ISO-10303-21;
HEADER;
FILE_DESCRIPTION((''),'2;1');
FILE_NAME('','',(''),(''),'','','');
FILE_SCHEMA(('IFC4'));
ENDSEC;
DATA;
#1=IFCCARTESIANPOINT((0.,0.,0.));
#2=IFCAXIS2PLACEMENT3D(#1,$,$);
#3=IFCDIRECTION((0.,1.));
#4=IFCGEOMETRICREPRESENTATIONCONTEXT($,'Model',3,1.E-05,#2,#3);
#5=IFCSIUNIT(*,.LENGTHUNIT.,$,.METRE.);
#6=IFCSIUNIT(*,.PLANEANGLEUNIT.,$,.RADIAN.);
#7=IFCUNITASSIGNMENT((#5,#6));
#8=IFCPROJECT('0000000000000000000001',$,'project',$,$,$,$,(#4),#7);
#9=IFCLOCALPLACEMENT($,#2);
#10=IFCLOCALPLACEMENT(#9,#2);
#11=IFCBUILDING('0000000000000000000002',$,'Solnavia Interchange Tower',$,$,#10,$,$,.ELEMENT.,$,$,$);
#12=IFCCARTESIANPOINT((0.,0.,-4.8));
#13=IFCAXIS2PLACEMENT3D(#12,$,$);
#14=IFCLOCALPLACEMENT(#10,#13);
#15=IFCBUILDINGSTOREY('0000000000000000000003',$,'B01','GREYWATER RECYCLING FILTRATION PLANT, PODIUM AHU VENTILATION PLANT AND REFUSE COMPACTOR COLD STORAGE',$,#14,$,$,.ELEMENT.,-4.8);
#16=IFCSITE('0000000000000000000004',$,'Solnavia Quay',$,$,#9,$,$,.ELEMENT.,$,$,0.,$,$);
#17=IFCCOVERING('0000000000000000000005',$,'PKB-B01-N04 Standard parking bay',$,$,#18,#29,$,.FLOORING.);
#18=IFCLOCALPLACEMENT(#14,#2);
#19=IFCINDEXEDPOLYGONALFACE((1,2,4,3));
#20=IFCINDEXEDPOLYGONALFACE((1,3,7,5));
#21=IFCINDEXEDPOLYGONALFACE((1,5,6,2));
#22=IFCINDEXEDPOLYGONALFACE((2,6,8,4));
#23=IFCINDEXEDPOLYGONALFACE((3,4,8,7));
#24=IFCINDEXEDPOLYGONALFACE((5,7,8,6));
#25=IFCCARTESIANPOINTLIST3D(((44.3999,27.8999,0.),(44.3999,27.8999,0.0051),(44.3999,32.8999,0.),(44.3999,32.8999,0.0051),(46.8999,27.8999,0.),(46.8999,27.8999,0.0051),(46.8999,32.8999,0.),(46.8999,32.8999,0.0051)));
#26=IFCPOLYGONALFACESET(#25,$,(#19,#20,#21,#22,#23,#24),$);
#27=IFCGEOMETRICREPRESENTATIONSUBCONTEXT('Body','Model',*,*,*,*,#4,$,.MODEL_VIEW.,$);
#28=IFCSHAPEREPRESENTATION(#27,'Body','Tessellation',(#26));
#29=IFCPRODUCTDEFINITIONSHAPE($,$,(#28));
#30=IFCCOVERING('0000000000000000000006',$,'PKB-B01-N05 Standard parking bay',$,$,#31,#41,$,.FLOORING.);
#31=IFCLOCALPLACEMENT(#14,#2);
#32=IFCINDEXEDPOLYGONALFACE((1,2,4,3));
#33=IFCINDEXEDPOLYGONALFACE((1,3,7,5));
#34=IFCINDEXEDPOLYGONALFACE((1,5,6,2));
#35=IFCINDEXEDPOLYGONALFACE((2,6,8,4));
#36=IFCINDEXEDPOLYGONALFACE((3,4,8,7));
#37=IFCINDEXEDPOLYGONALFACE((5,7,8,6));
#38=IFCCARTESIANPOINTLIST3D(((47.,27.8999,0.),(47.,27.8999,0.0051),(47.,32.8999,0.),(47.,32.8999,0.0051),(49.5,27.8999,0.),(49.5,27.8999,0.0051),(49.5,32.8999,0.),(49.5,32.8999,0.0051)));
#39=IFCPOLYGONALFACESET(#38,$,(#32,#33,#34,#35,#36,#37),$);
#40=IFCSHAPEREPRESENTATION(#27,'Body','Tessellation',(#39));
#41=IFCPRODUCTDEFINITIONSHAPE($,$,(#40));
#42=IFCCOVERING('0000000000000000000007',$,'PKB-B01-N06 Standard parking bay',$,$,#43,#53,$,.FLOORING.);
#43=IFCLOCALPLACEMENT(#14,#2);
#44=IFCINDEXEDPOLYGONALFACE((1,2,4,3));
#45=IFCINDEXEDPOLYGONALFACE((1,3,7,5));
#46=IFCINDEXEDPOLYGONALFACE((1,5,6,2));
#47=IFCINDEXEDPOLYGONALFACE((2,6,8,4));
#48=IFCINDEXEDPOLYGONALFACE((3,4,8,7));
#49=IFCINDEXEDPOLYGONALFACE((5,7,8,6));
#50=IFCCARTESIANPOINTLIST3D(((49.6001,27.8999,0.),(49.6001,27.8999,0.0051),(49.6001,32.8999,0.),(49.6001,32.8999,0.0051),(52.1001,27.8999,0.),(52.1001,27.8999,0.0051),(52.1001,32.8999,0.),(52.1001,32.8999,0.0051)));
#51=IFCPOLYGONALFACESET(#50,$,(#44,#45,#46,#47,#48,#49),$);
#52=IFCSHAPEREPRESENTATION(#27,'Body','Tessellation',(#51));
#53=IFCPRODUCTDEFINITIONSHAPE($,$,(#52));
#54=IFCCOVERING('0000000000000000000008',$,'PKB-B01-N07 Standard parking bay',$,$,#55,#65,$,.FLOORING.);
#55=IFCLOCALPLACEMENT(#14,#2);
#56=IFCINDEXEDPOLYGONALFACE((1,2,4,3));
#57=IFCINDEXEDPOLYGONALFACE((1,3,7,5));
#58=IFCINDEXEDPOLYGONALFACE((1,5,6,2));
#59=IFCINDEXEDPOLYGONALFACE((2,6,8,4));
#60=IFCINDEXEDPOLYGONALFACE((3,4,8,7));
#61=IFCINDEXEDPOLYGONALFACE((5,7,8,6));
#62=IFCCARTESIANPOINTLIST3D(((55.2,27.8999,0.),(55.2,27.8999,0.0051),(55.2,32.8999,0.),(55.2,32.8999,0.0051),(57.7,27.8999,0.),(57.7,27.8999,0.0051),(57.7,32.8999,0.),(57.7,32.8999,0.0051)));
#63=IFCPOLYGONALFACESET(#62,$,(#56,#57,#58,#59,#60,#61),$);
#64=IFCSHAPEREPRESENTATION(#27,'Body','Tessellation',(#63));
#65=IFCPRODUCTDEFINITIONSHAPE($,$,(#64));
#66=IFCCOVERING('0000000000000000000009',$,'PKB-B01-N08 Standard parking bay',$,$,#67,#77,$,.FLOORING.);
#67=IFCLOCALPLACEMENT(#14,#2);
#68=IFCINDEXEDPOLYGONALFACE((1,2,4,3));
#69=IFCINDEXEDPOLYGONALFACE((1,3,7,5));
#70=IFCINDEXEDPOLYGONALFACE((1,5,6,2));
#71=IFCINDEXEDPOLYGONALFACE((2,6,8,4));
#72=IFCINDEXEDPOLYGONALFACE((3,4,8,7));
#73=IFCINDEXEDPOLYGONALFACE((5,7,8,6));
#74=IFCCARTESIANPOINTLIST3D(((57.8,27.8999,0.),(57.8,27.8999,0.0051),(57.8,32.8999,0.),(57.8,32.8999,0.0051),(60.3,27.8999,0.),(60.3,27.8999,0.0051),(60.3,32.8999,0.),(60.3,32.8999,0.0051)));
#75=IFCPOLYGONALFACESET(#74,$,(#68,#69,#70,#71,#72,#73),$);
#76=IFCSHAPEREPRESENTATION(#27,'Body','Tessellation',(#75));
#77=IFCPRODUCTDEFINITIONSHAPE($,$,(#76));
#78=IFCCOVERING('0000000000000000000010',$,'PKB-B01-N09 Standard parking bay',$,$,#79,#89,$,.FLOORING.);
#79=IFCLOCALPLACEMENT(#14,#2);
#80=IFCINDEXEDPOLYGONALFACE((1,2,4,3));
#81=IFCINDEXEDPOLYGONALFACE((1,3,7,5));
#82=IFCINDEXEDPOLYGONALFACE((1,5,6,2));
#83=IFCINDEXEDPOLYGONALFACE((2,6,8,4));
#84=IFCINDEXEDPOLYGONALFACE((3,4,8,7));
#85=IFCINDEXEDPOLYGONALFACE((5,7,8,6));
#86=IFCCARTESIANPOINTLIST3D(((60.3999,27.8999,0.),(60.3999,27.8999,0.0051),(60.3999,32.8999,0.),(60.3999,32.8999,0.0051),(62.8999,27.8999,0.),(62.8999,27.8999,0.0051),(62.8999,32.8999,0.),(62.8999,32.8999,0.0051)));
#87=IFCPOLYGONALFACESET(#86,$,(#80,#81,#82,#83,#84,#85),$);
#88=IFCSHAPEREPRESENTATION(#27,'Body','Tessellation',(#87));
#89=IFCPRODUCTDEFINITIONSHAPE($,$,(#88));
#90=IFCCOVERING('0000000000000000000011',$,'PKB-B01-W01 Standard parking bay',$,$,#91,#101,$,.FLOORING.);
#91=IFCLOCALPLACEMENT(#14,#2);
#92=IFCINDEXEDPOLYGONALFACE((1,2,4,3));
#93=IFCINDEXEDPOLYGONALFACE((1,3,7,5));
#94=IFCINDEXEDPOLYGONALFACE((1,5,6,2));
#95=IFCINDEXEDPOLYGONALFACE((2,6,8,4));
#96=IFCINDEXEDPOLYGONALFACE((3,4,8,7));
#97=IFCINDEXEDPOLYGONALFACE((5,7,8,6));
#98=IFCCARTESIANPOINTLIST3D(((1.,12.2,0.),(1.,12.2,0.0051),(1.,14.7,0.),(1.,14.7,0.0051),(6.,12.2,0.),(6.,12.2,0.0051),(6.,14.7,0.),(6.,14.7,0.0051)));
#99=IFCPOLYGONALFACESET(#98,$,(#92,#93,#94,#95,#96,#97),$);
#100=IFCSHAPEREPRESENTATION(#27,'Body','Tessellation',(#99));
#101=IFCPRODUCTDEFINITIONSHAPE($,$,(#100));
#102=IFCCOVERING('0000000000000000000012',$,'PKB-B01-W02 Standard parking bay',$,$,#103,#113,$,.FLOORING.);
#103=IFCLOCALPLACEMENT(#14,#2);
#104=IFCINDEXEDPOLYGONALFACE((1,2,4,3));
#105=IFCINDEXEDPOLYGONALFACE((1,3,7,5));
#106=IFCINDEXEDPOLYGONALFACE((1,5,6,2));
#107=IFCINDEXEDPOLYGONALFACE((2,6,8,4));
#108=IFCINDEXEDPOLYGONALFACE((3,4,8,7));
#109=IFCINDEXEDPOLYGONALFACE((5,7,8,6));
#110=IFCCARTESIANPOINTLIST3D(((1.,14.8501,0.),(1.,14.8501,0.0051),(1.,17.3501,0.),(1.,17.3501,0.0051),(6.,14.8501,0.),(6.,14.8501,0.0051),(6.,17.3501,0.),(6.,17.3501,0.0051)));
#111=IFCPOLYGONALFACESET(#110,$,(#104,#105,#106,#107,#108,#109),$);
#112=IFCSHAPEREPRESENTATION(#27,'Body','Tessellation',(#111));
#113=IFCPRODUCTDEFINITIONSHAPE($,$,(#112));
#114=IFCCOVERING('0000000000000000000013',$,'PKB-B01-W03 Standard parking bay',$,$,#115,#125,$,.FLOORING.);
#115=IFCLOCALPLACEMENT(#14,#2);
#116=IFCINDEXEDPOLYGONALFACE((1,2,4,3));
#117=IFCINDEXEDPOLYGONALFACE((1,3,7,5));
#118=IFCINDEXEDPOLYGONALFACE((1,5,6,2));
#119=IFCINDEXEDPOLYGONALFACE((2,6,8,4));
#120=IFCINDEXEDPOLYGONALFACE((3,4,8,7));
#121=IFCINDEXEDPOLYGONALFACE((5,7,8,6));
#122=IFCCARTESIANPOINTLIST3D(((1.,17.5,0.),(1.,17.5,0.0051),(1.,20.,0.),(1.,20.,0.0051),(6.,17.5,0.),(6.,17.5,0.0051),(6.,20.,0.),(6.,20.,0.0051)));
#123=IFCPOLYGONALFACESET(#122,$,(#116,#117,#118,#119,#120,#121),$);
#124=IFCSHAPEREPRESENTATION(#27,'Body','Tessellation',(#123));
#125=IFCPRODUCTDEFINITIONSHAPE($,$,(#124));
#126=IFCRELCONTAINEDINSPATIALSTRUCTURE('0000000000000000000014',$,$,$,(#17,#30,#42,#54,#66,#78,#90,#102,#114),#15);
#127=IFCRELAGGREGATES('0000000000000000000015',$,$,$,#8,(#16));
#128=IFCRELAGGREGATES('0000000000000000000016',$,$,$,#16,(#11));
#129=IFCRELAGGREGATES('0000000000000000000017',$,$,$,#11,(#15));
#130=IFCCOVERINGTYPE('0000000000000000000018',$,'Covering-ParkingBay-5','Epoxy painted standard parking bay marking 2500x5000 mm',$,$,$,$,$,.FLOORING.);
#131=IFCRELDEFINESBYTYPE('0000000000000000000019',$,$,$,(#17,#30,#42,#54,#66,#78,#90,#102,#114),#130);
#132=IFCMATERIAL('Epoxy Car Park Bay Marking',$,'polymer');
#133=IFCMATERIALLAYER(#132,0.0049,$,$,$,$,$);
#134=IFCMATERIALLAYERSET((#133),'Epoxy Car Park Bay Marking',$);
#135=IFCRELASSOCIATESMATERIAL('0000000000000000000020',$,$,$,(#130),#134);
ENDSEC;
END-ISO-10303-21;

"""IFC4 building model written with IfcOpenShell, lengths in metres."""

from ifc_helpers import new_model, si_unit, direction, frame, origin, place, context, subcontext, project, spatial, polyline, outline, extrude, material, layer, layer_set, type_object, element, save


model = new_model("IFC4")

# Units and contexts
model_context = context("Model", 3, precision=1e-05, world=origin(), true_north=direction((0.0, 1.0)))
body_context = subcontext(model_context, "Body", "Model", "MODEL_VIEW")
ifc_project = project(units=[si_unit("LENGTHUNIT", "METRE"), si_unit("PLANEANGLEUNIT", "RADIAN")], contexts=[model_context])

# Site, building, storey
site_placement = place(None, origin())
site = spatial("IfcSite", under=ifc_project, at=site_placement, Name="Solnavia Quay", CompositionType="ELEMENT", RefElevation=0.0)
building_placement = place(site_placement, origin())
building = spatial("IfcBuilding", under=site, at=building_placement, Name="Solnavia Interchange Tower", CompositionType="ELEMENT")
storey_placement = place(building_placement, frame((0.0, 0.0, -4.8)))
storey = spatial("IfcBuildingStorey", under=building, at=storey_placement, Name="B01", Description="GREYWATER RECYCLING FILTRATION PLANT, PODIUM AHU VENTILATION PLANT AND REFUSE COMPACTOR COLD STORAGE", CompositionType="ELEMENT", Elevation=-4.8)

# Coverings
ifc_material_1 = material(Name="Epoxy Car Park Bay Marking", Category="polymer")
ifc_layer_1 = layer(ifc_material_1, 0.0049)
ifc_layer_set_1 = layer_set([ifc_layer_1], Name="Epoxy Car Park Bay Marking")
covering_type = type_object("IfcCoveringType", Name="Covering-ParkingBay-5", Description="Epoxy painted standard parking bay marking 2500x5000 mm", PredefinedType="FLOORING", material=ifc_layer_set_1)
covering_1_placement = place(storey_placement, origin())
element("IfcCovering", 1, at=covering_1_placement, inside=storey, type_object=covering_type, Name="PKB-B01-N04 Standard parking bay", PredefinedType="FLOORING", context=body_context, shape_type="SweptSolid", body=[
    extrude(outline(polyline([(44.3999, 27.8999), (46.8999, 27.8999), (46.8999, 32.8999), (44.3999, 32.8999), (44.3999, 27.8999)])), origin(), (0.0, 0.0, 1.0), 0.0051),
])
covering_2_placement = place(storey_placement, origin())
element("IfcCovering", 2, at=covering_2_placement, inside=storey, type_object=covering_type, Name="PKB-B01-N05 Standard parking bay", PredefinedType="FLOORING", context=body_context, shape_type="SweptSolid", body=[
    extrude(outline(polyline([(47.0, 27.8999), (49.5, 27.8999), (49.5, 32.8999), (47.0, 32.8999), (47.0, 27.8999)])), origin(), (0.0, 0.0, 1.0), 0.0051),
])
covering_3_placement = place(storey_placement, origin())
element("IfcCovering", 3, at=covering_3_placement, inside=storey, type_object=covering_type, Name="PKB-B01-N06 Standard parking bay", PredefinedType="FLOORING", context=body_context, shape_type="SweptSolid", body=[
    extrude(outline(polyline([(49.6001, 27.8999), (52.1001, 27.8999), (52.1001, 32.8999), (49.6001, 32.8999), (49.6001, 27.8999)])), origin(), (0.0, 0.0, 1.0), 0.0051),
])
covering_4_placement = place(storey_placement, origin())
element("IfcCovering", 4, at=covering_4_placement, inside=storey, type_object=covering_type, Name="PKB-B01-N07 Standard parking bay", PredefinedType="FLOORING", context=body_context, shape_type="SweptSolid", body=[
    extrude(outline(polyline([(55.2, 27.8999), (57.7, 27.8999), (57.7, 32.8999), (55.2, 32.8999), (55.2, 27.8999)])), origin(), (0.0, 0.0, 1.0), 0.0051),
])
covering_5_placement = place(storey_placement, origin())
element("IfcCovering", 5, at=covering_5_placement, inside=storey, type_object=covering_type, Name="PKB-B01-N08 Standard parking bay", PredefinedType="FLOORING", context=body_context, shape_type="SweptSolid", body=[
    extrude(outline(polyline([(57.8, 27.8999), (60.3, 27.8999), (60.3, 32.8999), (57.8, 32.8999), (57.8, 27.8999)])), origin(), (0.0, 0.0, 1.0), 0.0051),
])
covering_6_placement = place(storey_placement, origin())
element("IfcCovering", 6, at=covering_6_placement, inside=storey, type_object=covering_type, Name="PKB-B01-N09 Standard parking bay", PredefinedType="FLOORING", context=body_context, shape_type="SweptSolid", body=[
    extrude(outline(polyline([(60.3999, 27.8999), (62.8999, 27.8999), (62.8999, 32.8999), (60.3999, 32.8999), (60.3999, 27.8999)])), origin(), (0.0, 0.0, 1.0), 0.0051),
])
covering_7_placement = place(storey_placement, origin())
element("IfcCovering", 7, at=covering_7_placement, inside=storey, type_object=covering_type, Name="PKB-B01-W01 Standard parking bay", PredefinedType="FLOORING", context=body_context, shape_type="SweptSolid", body=[
    extrude(outline(polyline([(1.0, 12.2), (6.0, 12.2), (6.0, 14.7), (1.0, 14.7), (1.0, 12.2)])), origin(), (0.0, 0.0, 1.0), 0.0051),
])
covering_8_placement = place(storey_placement, origin())
element("IfcCovering", 8, at=covering_8_placement, inside=storey, type_object=covering_type, Name="PKB-B01-W02 Standard parking bay", PredefinedType="FLOORING", context=body_context, shape_type="SweptSolid", body=[
    extrude(outline(polyline([(1.0, 14.8501), (6.0, 14.8501), (6.0, 17.3501), (1.0, 17.3501), (1.0, 14.8501)])), origin(), (0.0, 0.0, 1.0), 0.0051),
])
covering_9_placement = place(storey_placement, origin())
element("IfcCovering", 9, at=covering_9_placement, inside=storey, type_object=covering_type, Name="PKB-B01-W03 Standard parking bay", PredefinedType="FLOORING", context=body_context, shape_type="SweptSolid", body=[
    extrude(outline(polyline([(1.0, 17.5), (6.0, 17.5), (6.0, 20.0), (1.0, 20.0), (1.0, 17.5)])), origin(), (0.0, 0.0, 1.0), 0.0051),
])

save(model, "model.ifc")
